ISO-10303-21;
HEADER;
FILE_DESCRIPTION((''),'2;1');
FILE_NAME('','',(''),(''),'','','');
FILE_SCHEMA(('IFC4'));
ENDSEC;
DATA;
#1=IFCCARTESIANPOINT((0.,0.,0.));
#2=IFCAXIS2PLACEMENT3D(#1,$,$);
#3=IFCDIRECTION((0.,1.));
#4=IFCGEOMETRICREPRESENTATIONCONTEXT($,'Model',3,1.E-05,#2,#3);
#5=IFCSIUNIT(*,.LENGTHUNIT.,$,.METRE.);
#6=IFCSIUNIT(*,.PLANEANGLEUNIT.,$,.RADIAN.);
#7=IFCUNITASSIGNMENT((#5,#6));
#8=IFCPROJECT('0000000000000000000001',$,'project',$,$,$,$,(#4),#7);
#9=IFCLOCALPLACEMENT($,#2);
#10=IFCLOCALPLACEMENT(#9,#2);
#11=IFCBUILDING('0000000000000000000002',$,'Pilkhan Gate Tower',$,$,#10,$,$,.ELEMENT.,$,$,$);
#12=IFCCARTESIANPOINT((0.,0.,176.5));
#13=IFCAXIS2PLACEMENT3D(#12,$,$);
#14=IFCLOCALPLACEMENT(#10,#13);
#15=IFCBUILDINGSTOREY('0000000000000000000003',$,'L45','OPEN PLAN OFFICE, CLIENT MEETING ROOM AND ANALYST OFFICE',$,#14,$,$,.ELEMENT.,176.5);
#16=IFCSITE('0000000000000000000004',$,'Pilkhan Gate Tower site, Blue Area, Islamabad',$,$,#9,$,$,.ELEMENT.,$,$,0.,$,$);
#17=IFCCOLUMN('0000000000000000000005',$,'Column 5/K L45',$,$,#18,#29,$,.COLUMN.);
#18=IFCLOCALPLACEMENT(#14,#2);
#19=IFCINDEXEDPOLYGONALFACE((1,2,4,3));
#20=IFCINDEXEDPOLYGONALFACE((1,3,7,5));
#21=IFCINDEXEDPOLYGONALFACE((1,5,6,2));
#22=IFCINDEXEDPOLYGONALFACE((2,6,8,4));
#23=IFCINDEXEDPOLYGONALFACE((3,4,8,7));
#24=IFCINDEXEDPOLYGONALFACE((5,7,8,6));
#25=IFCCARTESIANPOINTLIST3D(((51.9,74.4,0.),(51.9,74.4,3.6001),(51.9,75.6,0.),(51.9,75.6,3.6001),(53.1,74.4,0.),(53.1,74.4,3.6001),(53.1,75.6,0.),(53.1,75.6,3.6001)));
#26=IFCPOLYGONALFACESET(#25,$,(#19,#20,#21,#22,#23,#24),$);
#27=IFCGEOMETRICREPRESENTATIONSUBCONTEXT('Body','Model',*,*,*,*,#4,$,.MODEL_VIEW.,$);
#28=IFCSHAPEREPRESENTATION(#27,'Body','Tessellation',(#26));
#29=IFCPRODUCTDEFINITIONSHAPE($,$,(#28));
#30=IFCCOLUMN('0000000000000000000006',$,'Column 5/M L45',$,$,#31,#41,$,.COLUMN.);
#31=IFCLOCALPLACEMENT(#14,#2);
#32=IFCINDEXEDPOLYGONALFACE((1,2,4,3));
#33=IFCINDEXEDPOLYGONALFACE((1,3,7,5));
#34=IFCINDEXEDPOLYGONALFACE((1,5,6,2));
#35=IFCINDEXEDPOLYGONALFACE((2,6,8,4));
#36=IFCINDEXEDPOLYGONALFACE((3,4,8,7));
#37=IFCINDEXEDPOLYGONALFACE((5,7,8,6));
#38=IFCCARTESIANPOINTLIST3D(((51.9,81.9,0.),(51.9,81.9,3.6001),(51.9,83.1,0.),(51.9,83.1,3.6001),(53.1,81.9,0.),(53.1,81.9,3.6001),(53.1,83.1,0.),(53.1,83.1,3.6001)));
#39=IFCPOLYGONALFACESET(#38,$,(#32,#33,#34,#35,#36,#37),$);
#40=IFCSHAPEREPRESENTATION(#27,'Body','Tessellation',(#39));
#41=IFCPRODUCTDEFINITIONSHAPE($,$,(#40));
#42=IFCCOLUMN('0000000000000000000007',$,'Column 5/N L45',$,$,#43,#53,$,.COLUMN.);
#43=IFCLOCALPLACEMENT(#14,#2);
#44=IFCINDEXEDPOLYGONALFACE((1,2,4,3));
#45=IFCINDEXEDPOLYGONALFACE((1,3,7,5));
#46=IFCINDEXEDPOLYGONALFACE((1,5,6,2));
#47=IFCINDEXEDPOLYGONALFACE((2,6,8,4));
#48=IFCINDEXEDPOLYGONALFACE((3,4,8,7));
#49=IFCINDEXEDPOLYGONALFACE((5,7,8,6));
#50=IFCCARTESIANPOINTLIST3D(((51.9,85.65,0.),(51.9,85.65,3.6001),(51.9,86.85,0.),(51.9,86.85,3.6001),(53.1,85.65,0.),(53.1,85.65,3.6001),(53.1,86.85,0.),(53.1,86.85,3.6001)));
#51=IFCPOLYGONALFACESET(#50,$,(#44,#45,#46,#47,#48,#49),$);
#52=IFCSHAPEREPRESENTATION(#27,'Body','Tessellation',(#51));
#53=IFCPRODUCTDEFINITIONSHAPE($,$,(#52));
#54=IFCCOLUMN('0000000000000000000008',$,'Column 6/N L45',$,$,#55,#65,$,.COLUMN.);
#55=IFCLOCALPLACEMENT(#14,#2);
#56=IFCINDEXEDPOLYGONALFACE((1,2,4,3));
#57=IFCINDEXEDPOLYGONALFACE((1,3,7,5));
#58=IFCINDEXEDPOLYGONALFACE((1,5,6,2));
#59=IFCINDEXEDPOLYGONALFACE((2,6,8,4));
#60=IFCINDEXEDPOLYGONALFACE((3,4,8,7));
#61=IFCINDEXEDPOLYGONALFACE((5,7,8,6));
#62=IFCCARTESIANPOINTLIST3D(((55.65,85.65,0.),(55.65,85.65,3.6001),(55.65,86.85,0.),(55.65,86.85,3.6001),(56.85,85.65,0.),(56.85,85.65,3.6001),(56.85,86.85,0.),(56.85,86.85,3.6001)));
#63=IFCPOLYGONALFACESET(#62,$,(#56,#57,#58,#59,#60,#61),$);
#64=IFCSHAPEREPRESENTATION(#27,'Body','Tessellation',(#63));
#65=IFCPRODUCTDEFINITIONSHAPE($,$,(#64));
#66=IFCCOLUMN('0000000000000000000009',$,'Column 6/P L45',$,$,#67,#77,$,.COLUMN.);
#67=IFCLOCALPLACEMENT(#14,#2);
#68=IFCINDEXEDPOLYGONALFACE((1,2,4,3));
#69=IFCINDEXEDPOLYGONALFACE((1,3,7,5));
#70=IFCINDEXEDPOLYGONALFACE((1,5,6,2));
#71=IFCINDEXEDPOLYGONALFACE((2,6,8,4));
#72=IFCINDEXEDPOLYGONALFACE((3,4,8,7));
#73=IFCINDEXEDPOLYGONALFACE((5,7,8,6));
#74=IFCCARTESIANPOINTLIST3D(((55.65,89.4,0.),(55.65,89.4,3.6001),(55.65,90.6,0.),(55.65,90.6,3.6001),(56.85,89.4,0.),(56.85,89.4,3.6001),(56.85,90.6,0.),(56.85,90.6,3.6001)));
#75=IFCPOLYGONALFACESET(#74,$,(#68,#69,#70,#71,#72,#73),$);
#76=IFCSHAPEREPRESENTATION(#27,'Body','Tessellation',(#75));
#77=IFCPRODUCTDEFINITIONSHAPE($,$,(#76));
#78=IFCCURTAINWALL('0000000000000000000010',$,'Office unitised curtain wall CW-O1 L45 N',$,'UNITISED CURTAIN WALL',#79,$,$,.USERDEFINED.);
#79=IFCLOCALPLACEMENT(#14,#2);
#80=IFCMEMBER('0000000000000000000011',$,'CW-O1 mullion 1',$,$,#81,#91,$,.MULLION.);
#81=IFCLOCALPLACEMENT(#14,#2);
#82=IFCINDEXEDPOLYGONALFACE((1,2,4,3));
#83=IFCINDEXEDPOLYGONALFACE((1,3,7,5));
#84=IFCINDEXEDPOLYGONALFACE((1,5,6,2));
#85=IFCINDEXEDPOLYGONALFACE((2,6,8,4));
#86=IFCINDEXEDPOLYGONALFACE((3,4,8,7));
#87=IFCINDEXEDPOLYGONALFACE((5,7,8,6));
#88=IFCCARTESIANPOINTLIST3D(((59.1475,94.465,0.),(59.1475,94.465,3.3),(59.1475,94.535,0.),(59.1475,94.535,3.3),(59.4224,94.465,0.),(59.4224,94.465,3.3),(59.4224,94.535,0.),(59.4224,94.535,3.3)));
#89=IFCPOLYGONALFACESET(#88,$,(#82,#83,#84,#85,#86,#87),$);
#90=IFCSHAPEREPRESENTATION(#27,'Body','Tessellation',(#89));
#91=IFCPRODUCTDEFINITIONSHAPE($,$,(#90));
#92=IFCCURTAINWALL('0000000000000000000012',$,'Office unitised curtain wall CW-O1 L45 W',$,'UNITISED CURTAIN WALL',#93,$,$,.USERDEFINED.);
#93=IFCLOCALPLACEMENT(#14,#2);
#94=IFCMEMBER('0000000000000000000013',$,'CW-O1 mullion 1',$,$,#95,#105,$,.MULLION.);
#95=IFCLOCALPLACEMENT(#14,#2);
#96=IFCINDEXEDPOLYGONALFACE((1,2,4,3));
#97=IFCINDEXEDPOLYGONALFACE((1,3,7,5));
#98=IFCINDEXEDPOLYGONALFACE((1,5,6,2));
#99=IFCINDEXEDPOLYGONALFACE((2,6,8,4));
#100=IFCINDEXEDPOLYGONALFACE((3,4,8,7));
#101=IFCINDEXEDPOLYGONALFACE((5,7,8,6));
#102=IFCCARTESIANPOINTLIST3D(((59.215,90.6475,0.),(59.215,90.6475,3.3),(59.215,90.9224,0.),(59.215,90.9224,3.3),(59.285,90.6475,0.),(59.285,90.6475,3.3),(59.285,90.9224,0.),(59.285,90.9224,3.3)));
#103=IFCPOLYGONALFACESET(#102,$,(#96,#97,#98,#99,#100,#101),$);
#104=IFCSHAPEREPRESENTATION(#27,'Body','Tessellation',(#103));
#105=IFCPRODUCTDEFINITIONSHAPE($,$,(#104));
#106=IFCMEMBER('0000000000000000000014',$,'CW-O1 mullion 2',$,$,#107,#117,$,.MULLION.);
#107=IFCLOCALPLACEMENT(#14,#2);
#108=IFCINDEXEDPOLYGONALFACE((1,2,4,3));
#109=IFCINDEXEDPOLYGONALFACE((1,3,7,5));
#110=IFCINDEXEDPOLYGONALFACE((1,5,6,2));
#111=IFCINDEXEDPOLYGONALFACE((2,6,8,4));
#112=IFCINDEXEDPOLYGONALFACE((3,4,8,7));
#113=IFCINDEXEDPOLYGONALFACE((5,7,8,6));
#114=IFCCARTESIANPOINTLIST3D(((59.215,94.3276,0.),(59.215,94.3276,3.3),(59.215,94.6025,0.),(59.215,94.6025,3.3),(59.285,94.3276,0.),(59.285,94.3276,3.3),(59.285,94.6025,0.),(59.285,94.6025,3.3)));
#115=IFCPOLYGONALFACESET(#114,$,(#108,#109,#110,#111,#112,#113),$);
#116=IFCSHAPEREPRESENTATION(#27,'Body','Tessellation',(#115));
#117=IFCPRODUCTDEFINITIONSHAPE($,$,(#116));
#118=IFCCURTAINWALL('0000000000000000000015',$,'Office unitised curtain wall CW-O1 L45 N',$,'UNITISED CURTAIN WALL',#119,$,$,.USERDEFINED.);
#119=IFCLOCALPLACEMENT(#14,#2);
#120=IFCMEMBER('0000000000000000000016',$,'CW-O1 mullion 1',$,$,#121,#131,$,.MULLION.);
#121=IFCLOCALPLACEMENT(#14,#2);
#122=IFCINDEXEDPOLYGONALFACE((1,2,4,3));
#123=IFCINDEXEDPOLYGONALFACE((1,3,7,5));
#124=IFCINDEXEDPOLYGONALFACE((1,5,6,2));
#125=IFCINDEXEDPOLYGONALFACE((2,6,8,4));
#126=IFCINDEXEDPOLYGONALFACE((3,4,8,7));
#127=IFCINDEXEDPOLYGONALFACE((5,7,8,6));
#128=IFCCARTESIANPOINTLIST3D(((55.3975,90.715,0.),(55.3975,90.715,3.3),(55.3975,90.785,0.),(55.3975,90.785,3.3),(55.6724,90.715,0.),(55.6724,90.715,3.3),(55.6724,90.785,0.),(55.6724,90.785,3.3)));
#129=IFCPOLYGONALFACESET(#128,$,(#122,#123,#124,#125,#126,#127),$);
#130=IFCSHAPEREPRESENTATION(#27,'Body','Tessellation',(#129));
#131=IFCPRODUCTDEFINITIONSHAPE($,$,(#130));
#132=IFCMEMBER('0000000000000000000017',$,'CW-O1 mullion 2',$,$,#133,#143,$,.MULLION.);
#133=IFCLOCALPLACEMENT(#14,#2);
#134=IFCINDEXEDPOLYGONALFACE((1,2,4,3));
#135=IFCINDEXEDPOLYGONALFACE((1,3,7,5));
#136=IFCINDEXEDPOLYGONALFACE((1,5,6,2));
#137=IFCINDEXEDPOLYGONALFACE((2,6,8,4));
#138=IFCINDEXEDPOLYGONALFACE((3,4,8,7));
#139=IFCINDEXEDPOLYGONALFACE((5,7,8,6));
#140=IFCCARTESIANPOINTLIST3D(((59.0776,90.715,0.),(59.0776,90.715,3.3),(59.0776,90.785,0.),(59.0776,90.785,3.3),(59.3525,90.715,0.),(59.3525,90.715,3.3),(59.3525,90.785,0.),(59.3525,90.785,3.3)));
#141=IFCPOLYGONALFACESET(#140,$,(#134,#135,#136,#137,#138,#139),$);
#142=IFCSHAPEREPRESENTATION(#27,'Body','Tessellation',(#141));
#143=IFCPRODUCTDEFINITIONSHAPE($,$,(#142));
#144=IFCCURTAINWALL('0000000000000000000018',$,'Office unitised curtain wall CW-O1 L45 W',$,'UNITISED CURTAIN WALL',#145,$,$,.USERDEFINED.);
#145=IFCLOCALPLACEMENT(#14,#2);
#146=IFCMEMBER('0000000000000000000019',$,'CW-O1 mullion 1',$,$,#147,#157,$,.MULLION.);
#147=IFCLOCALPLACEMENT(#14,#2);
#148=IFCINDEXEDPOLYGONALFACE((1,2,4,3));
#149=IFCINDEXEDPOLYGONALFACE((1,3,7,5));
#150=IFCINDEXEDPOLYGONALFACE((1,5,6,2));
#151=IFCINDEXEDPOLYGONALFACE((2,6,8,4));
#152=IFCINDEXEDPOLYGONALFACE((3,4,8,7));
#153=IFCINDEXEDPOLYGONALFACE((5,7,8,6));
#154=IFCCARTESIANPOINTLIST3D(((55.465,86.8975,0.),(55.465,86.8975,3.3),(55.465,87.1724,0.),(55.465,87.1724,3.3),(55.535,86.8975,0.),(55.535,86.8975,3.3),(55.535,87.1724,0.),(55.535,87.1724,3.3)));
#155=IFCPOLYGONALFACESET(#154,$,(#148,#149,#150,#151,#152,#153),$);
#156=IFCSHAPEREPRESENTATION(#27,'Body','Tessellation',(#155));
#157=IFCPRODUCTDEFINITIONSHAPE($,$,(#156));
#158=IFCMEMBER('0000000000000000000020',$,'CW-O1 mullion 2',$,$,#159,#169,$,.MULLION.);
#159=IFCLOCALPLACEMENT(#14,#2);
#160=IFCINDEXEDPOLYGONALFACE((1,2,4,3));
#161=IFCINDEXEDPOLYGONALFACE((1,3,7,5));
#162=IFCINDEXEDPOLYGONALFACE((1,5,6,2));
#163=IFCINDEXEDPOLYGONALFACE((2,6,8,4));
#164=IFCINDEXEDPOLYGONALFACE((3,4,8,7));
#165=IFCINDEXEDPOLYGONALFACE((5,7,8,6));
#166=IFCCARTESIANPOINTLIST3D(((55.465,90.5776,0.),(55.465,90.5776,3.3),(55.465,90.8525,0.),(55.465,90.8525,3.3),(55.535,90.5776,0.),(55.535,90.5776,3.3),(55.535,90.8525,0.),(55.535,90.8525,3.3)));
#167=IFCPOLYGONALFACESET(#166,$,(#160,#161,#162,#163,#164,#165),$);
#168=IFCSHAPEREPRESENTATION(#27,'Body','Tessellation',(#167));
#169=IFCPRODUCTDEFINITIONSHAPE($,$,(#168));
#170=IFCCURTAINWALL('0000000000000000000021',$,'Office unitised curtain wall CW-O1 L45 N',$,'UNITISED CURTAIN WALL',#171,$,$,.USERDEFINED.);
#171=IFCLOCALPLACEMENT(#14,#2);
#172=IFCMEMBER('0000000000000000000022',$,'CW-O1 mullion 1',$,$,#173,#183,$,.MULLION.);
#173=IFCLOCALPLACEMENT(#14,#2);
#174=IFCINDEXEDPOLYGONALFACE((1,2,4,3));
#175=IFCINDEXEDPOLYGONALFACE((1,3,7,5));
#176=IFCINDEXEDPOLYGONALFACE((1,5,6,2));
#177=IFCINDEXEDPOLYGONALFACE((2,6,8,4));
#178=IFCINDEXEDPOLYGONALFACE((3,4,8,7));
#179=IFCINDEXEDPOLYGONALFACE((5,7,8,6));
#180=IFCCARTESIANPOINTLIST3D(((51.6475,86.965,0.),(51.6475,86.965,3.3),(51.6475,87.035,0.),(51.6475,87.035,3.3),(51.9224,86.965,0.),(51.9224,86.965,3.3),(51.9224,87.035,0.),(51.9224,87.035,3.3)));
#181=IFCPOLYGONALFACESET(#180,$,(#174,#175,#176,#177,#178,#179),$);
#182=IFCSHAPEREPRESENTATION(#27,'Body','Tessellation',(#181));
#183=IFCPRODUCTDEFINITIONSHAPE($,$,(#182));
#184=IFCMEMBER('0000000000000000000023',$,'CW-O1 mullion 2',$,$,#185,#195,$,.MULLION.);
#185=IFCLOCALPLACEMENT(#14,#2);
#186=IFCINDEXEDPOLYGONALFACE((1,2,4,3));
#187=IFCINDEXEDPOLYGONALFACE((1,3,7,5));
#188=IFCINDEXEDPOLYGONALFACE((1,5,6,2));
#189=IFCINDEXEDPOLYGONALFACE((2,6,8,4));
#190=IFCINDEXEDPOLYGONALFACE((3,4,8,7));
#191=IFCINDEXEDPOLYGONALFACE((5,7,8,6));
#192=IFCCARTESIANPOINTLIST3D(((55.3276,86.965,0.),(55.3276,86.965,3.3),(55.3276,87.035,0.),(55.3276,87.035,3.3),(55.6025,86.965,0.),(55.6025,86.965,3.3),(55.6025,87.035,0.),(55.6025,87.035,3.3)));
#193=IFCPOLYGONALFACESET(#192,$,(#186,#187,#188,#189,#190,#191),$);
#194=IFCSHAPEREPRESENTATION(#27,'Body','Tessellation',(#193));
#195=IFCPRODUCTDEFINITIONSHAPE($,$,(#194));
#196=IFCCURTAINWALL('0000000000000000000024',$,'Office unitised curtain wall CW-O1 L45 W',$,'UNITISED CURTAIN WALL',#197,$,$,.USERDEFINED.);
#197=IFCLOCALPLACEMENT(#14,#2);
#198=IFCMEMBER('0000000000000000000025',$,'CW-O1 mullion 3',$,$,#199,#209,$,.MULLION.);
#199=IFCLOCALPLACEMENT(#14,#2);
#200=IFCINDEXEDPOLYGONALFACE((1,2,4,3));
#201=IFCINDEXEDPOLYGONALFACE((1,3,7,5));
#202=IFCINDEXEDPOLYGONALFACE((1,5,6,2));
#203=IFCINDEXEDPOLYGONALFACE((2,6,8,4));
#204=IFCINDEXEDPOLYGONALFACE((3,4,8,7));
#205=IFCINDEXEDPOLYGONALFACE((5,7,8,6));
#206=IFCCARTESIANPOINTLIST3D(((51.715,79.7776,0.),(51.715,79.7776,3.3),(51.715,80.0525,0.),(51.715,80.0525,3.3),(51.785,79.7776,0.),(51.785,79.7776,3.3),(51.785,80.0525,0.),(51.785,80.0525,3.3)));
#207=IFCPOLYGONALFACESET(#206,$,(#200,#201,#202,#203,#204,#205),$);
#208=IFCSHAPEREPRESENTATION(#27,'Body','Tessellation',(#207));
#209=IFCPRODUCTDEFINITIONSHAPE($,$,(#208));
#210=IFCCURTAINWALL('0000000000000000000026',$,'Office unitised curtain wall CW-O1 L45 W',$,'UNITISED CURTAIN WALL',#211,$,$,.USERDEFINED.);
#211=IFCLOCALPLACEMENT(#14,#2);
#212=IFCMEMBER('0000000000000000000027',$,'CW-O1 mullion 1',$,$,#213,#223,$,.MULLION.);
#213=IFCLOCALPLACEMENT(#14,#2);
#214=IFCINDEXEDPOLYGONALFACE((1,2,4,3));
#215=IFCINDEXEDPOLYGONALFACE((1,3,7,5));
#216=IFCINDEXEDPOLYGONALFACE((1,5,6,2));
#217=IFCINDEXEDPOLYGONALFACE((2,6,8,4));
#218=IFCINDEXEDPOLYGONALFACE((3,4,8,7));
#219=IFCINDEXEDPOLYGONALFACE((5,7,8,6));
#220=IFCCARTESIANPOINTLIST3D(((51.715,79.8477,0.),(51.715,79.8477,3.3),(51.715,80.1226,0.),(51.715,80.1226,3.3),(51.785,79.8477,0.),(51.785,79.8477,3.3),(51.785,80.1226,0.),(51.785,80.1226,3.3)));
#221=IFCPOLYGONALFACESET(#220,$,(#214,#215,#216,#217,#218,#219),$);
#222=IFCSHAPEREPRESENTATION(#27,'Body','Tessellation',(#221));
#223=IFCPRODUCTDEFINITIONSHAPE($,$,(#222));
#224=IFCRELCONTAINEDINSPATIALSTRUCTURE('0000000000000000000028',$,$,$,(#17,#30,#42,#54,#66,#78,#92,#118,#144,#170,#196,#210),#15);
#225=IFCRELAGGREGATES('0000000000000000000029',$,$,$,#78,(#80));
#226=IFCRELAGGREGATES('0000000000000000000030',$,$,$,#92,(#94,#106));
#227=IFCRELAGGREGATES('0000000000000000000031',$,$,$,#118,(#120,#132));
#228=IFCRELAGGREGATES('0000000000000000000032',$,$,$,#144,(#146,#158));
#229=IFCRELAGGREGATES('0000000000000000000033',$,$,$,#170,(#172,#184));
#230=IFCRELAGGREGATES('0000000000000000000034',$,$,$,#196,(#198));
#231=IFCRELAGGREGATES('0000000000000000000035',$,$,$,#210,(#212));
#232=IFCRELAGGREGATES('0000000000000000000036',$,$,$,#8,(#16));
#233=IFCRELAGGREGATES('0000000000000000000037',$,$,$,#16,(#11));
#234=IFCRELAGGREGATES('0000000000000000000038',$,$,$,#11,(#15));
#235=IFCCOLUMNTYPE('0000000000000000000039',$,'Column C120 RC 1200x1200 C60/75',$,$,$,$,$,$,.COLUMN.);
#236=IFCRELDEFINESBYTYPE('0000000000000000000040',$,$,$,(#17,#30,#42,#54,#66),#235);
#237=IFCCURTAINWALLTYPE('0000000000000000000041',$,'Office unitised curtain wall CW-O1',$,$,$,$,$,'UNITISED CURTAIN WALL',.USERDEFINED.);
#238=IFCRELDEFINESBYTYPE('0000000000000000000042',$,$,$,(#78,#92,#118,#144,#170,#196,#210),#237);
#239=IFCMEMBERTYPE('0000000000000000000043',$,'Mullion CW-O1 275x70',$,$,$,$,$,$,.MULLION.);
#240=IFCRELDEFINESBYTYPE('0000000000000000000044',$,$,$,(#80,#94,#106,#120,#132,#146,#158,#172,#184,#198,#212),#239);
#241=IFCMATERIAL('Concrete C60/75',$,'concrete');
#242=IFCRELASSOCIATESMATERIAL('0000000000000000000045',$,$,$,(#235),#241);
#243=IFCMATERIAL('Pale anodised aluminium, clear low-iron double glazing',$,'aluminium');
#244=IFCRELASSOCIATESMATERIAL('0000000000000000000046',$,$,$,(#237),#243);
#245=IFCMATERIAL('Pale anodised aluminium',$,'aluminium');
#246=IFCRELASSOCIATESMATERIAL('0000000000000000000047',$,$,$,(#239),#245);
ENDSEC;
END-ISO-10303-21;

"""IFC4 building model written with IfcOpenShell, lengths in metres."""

from ifc_helpers import new_model, si_unit, direction, frame, origin, origin_2d, place, context, subcontext, project, spatial, rectangle, extrude, material, material_profile, profile_set, type_object, element, aggregate, save


model = new_model("IFC4")

# Units and contexts
model_context = context("Model", 3, precision=1e-05, world=origin(), true_north=direction((0.0, 1.0)))
body_context = subcontext(model_context, "Body", "Model", "MODEL_VIEW")
ifc_project = project(units=[si_unit("LENGTHUNIT", "METRE"), si_unit("PLANEANGLEUNIT", "RADIAN")], contexts=[model_context])

# Site, building, storey
site_placement = place(None, origin())
site = spatial("IfcSite", under=ifc_project, at=site_placement, Name="Pilkhan Gate Tower site, Blue Area, Islamabad", CompositionType="ELEMENT", RefElevation=0.0)
building_placement = place(site_placement, origin())
building = spatial("IfcBuilding", under=site, at=building_placement, Name="Pilkhan Gate Tower", CompositionType="ELEMENT")
storey_placement = place(building_placement, frame((0.0, 0.0, 176.5)))
storey = spatial("IfcBuildingStorey", under=building, at=storey_placement, Name="L45", Description="OPEN PLAN OFFICE, CLIENT MEETING ROOM AND ANALYST OFFICE", CompositionType="ELEMENT", Elevation=176.5)

# Columns
ifc_material_1 = material(Name="Concrete C60/75", Category="concrete")
ifc_material_profile_1 = material_profile(ifc_material_1, rectangle(XDim=1.2, YDim=1.2, at=origin_2d()), Name="RC 1200x1200")
ifc_profile_set_1 = profile_set([ifc_material_profile_1], Name="Concrete C60/75")
column_type = type_object("IfcColumnType", Name="Column C120 RC 1200x1200 C60/75", PredefinedType="COLUMN", material=ifc_profile_set_1)
for number, where, z_axis, x_axis, name in (
    (1, (52.5, 75.0, 0.0), (0.0, 0.0, 1.0), (1.0, 0.0, 0.0), "Column 5/K L45"),
    (2, (52.5, 82.5, 0.0), (0.0, 0.0, 1.0), (1.0, 0.0, 0.0), "Column 5/M L45"),
    (3, (52.5, 86.25, 0.0), (0.0, 0.0, 1.0), (1.0, 0.0, 0.0), "Column 5/N L45"),
    (4, (56.25, 86.25, 0.0), (0.0, 0.0, 1.0), (1.0, 0.0, 0.0), "Column 6/N L45"),
    (5, (56.25, 90.0, 0.0), (0.0, 0.0, 1.0), (1.0, 0.0, 0.0), "Column 6/P L45"),
):
    element("IfcColumn", number, at=place(storey_placement, frame(where, z_axis=z_axis, x_axis=x_axis)), inside=storey, type_object=column_type, Name=name, PredefinedType="COLUMN", context=body_context, shape_type="SweptSolid", body=[
        extrude(rectangle(XDim=1.2, YDim=1.2, at=origin_2d()), origin(), (0.0, 0.0, 1.0), 3.6001),
    ])

# Curtain wall, member
ifc_material_2 = material(Name="Pale anodised aluminium, clear low-iron double glazing", Category="aluminium")
curtain_wall_type = type_object("IfcCurtainWallType", Name="Office unitised curtain wall CW-O1", ElementType="UNITISED CURTAIN WALL", PredefinedType="USERDEFINED", material=ifc_material_2)
curtain_wall_1_placement = place(storey_placement, origin())
curtain_wall_1 = element("IfcCurtainWall", 6, at=curtain_wall_1_placement, inside=storey, type_object=curtain_wall_type, Name="Office unitised curtain wall CW-O1 L45 N", ObjectType="UNITISED CURTAIN WALL", PredefinedType="USERDEFINED")
ifc_material_3 = material(Name="Pale anodised aluminium", Category="aluminium")
ifc_material_profile_2 = material_profile(ifc_material_3, rectangle(XDim=0.0701, YDim=0.2749, at=origin_2d()), Name="Mullion 275x70")
ifc_profile_set_2 = profile_set([ifc_material_profile_2], Name="Pale anodised aluminium")
member_type_1 = type_object("IfcMemberType", Name="Mullion CW-O1 275x70", PredefinedType="MULLION", material=ifc_profile_set_2)
member_1_placement = place(storey_placement, frame((59.2849, 94.5, 0.0), z_axis=(0.0, 0.0, 1.0), x_axis=(0.0, 1.0, 0.0)))
member_1 = element("IfcMember", 7, at=member_1_placement, type_object=member_type_1, Name="CW-O1 mullion 1", PredefinedType="MULLION", context=body_context, shape_type="SweptSolid", body=[
    extrude(rectangle(XDim=0.0701, YDim=0.2749, at=origin_2d()), origin(), (0.0, 0.0, 1.0), 3.3),
])

# Curtain walls, members
curtain_wall_2_placement = place(storey_placement, origin())
curtain_wall_2 = element("IfcCurtainWall", 8, at=curtain_wall_2_placement, inside=storey, type_object=curtain_wall_type, Name="Office unitised curtain wall CW-O1 L45 W", ObjectType="UNITISED CURTAIN WALL", PredefinedType="USERDEFINED")
member_2_placement = place(storey_placement, frame((59.25, 90.7849, 0.0), z_axis=(0.0, 0.0, 1.0), x_axis=(-1.0, 0.0, 0.0)))
member_2 = element("IfcMember", 9, at=member_2_placement, type_object=member_type_1, Name="CW-O1 mullion 1", PredefinedType="MULLION", context=body_context, shape_type="SweptSolid", body=[
    extrude(rectangle(XDim=0.0701, YDim=0.2749, at=origin_2d()), origin(), (0.0, 0.0, 1.0), 3.3),
])
member_3_placement = place(storey_placement, frame((59.25, 94.4651, 0.0), z_axis=(0.0, 0.0, 1.0), x_axis=(-1.0, 0.0, 0.0)))
member_3 = element("IfcMember", 10, at=member_3_placement, type_object=member_type_1, Name="CW-O1 mullion 2", PredefinedType="MULLION", context=body_context, shape_type="SweptSolid", body=[
    extrude(rectangle(XDim=0.0701, YDim=0.2749, at=origin_2d()), origin(), (0.0, 0.0, 1.0), 3.3),
])
curtain_wall_3_placement = place(storey_placement, origin())
curtain_wall_3 = element("IfcCurtainWall", 11, at=curtain_wall_3_placement, inside=storey, type_object=curtain_wall_type, Name="Office unitised curtain wall CW-O1 L45 N", ObjectType="UNITISED CURTAIN WALL", PredefinedType="USERDEFINED")
member_4_placement = place(storey_placement, frame((55.5349, 90.75, 0.0), z_axis=(0.0, 0.0, 1.0), x_axis=(0.0, 1.0, 0.0)))
member_4 = element("IfcMember", 12, at=member_4_placement, type_object=member_type_1, Name="CW-O1 mullion 1", PredefinedType="MULLION", context=body_context, shape_type="SweptSolid", body=[
    extrude(rectangle(XDim=0.0701, YDim=0.2749, at=origin_2d()), origin(), (0.0, 0.0, 1.0), 3.3),
])
member_5_placement = place(storey_placement, frame((59.2151, 90.75, 0.0), z_axis=(0.0, 0.0, 1.0), x_axis=(0.0, 1.0, 0.0)))
member_5 = element("IfcMember", 13, at=member_5_placement, type_object=member_type_1, Name="CW-O1 mullion 2", PredefinedType="MULLION", context=body_context, shape_type="SweptSolid", body=[
    extrude(rectangle(XDim=0.0701, YDim=0.2749, at=origin_2d()), origin(), (0.0, 0.0, 1.0), 3.3),
])
curtain_wall_4_placement = place(storey_placement, origin())
curtain_wall_4 = element("IfcCurtainWall", 14, at=curtain_wall_4_placement, inside=storey, type_object=curtain_wall_type, Name="Office unitised curtain wall CW-O1 L45 W", ObjectType="UNITISED CURTAIN WALL", PredefinedType="USERDEFINED")
member_6_placement = place(storey_placement, frame((55.5, 87.0349, 0.0), z_axis=(0.0, 0.0, 1.0), x_axis=(-1.0, 0.0, 0.0)))
member_6 = element("IfcMember", 15, at=member_6_placement, type_object=member_type_1, Name="CW-O1 mullion 1", PredefinedType="MULLION", context=body_context, shape_type="SweptSolid", body=[
    extrude(rectangle(XDim=0.0701, YDim=0.2749, at=origin_2d()), origin(), (0.0, 0.0, 1.0), 3.3),
])
member_7_placement = place(storey_placement, frame((55.5, 90.7151, 0.0), z_axis=(0.0, 0.0, 1.0), x_axis=(-1.0, 0.0, 0.0)))
member_7 = element("IfcMember", 16, at=member_7_placement, type_object=member_type_1, Name="CW-O1 mullion 2", PredefinedType="MULLION", context=body_context, shape_type="SweptSolid", body=[
    extrude(rectangle(XDim=0.0701, YDim=0.2749, at=origin_2d()), origin(), (0.0, 0.0, 1.0), 3.3),
])
curtain_wall_5_placement = place(storey_placement, origin())
curtain_wall_5 = element("IfcCurtainWall", 17, at=curtain_wall_5_placement, inside=storey, type_object=curtain_wall_type, Name="Office unitised curtain wall CW-O1 L45 N", ObjectType="UNITISED CURTAIN WALL", PredefinedType="USERDEFINED")
member_8_placement = place(storey_placement, frame((51.7849, 87.0, 0.0), z_axis=(0.0, 0.0, 1.0), x_axis=(0.0, 1.0, 0.0)))
member_8 = element("IfcMember", 18, at=member_8_placement, type_object=member_type_1, Name="CW-O1 mullion 1", PredefinedType="MULLION", context=body_context, shape_type="SweptSolid", body=[
    extrude(rectangle(XDim=0.0701, YDim=0.2749, at=origin_2d()), origin(), (0.0, 0.0, 1.0), 3.3),
])
member_9_placement = place(storey_placement, frame((55.4651, 87.0, 0.0), z_axis=(0.0, 0.0, 1.0), x_axis=(0.0, 1.0, 0.0)))
member_9 = element("IfcMember", 19, at=member_9_placement, type_object=member_type_1, Name="CW-O1 mullion 2", PredefinedType="MULLION", context=body_context, shape_type="SweptSolid", body=[
    extrude(rectangle(XDim=0.0701, YDim=0.2749, at=origin_2d()), origin(), (0.0, 0.0, 1.0), 3.3),
])

# Curtain wall, member
curtain_wall_6_placement = place(storey_placement, origin())
curtain_wall_6 = element("IfcCurtainWall", 20, at=curtain_wall_6_placement, inside=storey, type_object=curtain_wall_type, Name="Office unitised curtain wall CW-O1 L45 W", ObjectType="UNITISED CURTAIN WALL", PredefinedType="USERDEFINED")
member_10_placement = place(storey_placement, frame((51.75, 79.915, 0.0), z_axis=(0.0, 0.0, 1.0), x_axis=(-1.0, 0.0, 0.0)))
member_10 = element("IfcMember", 21, at=member_10_placement, type_object=member_type_1, Name="CW-O1 mullion 3", PredefinedType="MULLION", context=body_context, shape_type="SweptSolid", body=[
    extrude(rectangle(XDim=0.0701, YDim=0.2749, at=origin_2d()), origin(), (0.0, 0.0, 1.0), 3.3),
])

# Curtain wall, member
curtain_wall_7_placement = place(storey_placement, origin())
curtain_wall_7 = element("IfcCurtainWall", 22, at=curtain_wall_7_placement, inside=storey, type_object=curtain_wall_type, Name="Office unitised curtain wall CW-O1 L45 W", ObjectType="UNITISED CURTAIN WALL", PredefinedType="USERDEFINED")
member_11_placement = place(storey_placement, frame((51.75, 79.9851, 0.0), z_axis=(0.0, 0.0, 1.0), x_axis=(-1.0, 0.0, 0.0)))
member_11 = element("IfcMember", 23, at=member_11_placement, type_object=member_type_1, Name="CW-O1 mullion 1", PredefinedType="MULLION", context=body_context, shape_type="SweptSolid", body=[
    extrude(rectangle(XDim=0.0701, YDim=0.2749, at=origin_2d()), origin(), (0.0, 0.0, 1.0), 3.3),
])

aggregate(curtain_wall_1, [member_1])

aggregate(curtain_wall_2, [member_2, member_3])
aggregate(curtain_wall_3, [member_4, member_5])
aggregate(curtain_wall_4, [member_6, member_7])
aggregate(curtain_wall_5, [member_8, member_9])
aggregate(curtain_wall_6, [member_10])
aggregate(curtain_wall_7, [member_11])

save(model, "model.ifc")
